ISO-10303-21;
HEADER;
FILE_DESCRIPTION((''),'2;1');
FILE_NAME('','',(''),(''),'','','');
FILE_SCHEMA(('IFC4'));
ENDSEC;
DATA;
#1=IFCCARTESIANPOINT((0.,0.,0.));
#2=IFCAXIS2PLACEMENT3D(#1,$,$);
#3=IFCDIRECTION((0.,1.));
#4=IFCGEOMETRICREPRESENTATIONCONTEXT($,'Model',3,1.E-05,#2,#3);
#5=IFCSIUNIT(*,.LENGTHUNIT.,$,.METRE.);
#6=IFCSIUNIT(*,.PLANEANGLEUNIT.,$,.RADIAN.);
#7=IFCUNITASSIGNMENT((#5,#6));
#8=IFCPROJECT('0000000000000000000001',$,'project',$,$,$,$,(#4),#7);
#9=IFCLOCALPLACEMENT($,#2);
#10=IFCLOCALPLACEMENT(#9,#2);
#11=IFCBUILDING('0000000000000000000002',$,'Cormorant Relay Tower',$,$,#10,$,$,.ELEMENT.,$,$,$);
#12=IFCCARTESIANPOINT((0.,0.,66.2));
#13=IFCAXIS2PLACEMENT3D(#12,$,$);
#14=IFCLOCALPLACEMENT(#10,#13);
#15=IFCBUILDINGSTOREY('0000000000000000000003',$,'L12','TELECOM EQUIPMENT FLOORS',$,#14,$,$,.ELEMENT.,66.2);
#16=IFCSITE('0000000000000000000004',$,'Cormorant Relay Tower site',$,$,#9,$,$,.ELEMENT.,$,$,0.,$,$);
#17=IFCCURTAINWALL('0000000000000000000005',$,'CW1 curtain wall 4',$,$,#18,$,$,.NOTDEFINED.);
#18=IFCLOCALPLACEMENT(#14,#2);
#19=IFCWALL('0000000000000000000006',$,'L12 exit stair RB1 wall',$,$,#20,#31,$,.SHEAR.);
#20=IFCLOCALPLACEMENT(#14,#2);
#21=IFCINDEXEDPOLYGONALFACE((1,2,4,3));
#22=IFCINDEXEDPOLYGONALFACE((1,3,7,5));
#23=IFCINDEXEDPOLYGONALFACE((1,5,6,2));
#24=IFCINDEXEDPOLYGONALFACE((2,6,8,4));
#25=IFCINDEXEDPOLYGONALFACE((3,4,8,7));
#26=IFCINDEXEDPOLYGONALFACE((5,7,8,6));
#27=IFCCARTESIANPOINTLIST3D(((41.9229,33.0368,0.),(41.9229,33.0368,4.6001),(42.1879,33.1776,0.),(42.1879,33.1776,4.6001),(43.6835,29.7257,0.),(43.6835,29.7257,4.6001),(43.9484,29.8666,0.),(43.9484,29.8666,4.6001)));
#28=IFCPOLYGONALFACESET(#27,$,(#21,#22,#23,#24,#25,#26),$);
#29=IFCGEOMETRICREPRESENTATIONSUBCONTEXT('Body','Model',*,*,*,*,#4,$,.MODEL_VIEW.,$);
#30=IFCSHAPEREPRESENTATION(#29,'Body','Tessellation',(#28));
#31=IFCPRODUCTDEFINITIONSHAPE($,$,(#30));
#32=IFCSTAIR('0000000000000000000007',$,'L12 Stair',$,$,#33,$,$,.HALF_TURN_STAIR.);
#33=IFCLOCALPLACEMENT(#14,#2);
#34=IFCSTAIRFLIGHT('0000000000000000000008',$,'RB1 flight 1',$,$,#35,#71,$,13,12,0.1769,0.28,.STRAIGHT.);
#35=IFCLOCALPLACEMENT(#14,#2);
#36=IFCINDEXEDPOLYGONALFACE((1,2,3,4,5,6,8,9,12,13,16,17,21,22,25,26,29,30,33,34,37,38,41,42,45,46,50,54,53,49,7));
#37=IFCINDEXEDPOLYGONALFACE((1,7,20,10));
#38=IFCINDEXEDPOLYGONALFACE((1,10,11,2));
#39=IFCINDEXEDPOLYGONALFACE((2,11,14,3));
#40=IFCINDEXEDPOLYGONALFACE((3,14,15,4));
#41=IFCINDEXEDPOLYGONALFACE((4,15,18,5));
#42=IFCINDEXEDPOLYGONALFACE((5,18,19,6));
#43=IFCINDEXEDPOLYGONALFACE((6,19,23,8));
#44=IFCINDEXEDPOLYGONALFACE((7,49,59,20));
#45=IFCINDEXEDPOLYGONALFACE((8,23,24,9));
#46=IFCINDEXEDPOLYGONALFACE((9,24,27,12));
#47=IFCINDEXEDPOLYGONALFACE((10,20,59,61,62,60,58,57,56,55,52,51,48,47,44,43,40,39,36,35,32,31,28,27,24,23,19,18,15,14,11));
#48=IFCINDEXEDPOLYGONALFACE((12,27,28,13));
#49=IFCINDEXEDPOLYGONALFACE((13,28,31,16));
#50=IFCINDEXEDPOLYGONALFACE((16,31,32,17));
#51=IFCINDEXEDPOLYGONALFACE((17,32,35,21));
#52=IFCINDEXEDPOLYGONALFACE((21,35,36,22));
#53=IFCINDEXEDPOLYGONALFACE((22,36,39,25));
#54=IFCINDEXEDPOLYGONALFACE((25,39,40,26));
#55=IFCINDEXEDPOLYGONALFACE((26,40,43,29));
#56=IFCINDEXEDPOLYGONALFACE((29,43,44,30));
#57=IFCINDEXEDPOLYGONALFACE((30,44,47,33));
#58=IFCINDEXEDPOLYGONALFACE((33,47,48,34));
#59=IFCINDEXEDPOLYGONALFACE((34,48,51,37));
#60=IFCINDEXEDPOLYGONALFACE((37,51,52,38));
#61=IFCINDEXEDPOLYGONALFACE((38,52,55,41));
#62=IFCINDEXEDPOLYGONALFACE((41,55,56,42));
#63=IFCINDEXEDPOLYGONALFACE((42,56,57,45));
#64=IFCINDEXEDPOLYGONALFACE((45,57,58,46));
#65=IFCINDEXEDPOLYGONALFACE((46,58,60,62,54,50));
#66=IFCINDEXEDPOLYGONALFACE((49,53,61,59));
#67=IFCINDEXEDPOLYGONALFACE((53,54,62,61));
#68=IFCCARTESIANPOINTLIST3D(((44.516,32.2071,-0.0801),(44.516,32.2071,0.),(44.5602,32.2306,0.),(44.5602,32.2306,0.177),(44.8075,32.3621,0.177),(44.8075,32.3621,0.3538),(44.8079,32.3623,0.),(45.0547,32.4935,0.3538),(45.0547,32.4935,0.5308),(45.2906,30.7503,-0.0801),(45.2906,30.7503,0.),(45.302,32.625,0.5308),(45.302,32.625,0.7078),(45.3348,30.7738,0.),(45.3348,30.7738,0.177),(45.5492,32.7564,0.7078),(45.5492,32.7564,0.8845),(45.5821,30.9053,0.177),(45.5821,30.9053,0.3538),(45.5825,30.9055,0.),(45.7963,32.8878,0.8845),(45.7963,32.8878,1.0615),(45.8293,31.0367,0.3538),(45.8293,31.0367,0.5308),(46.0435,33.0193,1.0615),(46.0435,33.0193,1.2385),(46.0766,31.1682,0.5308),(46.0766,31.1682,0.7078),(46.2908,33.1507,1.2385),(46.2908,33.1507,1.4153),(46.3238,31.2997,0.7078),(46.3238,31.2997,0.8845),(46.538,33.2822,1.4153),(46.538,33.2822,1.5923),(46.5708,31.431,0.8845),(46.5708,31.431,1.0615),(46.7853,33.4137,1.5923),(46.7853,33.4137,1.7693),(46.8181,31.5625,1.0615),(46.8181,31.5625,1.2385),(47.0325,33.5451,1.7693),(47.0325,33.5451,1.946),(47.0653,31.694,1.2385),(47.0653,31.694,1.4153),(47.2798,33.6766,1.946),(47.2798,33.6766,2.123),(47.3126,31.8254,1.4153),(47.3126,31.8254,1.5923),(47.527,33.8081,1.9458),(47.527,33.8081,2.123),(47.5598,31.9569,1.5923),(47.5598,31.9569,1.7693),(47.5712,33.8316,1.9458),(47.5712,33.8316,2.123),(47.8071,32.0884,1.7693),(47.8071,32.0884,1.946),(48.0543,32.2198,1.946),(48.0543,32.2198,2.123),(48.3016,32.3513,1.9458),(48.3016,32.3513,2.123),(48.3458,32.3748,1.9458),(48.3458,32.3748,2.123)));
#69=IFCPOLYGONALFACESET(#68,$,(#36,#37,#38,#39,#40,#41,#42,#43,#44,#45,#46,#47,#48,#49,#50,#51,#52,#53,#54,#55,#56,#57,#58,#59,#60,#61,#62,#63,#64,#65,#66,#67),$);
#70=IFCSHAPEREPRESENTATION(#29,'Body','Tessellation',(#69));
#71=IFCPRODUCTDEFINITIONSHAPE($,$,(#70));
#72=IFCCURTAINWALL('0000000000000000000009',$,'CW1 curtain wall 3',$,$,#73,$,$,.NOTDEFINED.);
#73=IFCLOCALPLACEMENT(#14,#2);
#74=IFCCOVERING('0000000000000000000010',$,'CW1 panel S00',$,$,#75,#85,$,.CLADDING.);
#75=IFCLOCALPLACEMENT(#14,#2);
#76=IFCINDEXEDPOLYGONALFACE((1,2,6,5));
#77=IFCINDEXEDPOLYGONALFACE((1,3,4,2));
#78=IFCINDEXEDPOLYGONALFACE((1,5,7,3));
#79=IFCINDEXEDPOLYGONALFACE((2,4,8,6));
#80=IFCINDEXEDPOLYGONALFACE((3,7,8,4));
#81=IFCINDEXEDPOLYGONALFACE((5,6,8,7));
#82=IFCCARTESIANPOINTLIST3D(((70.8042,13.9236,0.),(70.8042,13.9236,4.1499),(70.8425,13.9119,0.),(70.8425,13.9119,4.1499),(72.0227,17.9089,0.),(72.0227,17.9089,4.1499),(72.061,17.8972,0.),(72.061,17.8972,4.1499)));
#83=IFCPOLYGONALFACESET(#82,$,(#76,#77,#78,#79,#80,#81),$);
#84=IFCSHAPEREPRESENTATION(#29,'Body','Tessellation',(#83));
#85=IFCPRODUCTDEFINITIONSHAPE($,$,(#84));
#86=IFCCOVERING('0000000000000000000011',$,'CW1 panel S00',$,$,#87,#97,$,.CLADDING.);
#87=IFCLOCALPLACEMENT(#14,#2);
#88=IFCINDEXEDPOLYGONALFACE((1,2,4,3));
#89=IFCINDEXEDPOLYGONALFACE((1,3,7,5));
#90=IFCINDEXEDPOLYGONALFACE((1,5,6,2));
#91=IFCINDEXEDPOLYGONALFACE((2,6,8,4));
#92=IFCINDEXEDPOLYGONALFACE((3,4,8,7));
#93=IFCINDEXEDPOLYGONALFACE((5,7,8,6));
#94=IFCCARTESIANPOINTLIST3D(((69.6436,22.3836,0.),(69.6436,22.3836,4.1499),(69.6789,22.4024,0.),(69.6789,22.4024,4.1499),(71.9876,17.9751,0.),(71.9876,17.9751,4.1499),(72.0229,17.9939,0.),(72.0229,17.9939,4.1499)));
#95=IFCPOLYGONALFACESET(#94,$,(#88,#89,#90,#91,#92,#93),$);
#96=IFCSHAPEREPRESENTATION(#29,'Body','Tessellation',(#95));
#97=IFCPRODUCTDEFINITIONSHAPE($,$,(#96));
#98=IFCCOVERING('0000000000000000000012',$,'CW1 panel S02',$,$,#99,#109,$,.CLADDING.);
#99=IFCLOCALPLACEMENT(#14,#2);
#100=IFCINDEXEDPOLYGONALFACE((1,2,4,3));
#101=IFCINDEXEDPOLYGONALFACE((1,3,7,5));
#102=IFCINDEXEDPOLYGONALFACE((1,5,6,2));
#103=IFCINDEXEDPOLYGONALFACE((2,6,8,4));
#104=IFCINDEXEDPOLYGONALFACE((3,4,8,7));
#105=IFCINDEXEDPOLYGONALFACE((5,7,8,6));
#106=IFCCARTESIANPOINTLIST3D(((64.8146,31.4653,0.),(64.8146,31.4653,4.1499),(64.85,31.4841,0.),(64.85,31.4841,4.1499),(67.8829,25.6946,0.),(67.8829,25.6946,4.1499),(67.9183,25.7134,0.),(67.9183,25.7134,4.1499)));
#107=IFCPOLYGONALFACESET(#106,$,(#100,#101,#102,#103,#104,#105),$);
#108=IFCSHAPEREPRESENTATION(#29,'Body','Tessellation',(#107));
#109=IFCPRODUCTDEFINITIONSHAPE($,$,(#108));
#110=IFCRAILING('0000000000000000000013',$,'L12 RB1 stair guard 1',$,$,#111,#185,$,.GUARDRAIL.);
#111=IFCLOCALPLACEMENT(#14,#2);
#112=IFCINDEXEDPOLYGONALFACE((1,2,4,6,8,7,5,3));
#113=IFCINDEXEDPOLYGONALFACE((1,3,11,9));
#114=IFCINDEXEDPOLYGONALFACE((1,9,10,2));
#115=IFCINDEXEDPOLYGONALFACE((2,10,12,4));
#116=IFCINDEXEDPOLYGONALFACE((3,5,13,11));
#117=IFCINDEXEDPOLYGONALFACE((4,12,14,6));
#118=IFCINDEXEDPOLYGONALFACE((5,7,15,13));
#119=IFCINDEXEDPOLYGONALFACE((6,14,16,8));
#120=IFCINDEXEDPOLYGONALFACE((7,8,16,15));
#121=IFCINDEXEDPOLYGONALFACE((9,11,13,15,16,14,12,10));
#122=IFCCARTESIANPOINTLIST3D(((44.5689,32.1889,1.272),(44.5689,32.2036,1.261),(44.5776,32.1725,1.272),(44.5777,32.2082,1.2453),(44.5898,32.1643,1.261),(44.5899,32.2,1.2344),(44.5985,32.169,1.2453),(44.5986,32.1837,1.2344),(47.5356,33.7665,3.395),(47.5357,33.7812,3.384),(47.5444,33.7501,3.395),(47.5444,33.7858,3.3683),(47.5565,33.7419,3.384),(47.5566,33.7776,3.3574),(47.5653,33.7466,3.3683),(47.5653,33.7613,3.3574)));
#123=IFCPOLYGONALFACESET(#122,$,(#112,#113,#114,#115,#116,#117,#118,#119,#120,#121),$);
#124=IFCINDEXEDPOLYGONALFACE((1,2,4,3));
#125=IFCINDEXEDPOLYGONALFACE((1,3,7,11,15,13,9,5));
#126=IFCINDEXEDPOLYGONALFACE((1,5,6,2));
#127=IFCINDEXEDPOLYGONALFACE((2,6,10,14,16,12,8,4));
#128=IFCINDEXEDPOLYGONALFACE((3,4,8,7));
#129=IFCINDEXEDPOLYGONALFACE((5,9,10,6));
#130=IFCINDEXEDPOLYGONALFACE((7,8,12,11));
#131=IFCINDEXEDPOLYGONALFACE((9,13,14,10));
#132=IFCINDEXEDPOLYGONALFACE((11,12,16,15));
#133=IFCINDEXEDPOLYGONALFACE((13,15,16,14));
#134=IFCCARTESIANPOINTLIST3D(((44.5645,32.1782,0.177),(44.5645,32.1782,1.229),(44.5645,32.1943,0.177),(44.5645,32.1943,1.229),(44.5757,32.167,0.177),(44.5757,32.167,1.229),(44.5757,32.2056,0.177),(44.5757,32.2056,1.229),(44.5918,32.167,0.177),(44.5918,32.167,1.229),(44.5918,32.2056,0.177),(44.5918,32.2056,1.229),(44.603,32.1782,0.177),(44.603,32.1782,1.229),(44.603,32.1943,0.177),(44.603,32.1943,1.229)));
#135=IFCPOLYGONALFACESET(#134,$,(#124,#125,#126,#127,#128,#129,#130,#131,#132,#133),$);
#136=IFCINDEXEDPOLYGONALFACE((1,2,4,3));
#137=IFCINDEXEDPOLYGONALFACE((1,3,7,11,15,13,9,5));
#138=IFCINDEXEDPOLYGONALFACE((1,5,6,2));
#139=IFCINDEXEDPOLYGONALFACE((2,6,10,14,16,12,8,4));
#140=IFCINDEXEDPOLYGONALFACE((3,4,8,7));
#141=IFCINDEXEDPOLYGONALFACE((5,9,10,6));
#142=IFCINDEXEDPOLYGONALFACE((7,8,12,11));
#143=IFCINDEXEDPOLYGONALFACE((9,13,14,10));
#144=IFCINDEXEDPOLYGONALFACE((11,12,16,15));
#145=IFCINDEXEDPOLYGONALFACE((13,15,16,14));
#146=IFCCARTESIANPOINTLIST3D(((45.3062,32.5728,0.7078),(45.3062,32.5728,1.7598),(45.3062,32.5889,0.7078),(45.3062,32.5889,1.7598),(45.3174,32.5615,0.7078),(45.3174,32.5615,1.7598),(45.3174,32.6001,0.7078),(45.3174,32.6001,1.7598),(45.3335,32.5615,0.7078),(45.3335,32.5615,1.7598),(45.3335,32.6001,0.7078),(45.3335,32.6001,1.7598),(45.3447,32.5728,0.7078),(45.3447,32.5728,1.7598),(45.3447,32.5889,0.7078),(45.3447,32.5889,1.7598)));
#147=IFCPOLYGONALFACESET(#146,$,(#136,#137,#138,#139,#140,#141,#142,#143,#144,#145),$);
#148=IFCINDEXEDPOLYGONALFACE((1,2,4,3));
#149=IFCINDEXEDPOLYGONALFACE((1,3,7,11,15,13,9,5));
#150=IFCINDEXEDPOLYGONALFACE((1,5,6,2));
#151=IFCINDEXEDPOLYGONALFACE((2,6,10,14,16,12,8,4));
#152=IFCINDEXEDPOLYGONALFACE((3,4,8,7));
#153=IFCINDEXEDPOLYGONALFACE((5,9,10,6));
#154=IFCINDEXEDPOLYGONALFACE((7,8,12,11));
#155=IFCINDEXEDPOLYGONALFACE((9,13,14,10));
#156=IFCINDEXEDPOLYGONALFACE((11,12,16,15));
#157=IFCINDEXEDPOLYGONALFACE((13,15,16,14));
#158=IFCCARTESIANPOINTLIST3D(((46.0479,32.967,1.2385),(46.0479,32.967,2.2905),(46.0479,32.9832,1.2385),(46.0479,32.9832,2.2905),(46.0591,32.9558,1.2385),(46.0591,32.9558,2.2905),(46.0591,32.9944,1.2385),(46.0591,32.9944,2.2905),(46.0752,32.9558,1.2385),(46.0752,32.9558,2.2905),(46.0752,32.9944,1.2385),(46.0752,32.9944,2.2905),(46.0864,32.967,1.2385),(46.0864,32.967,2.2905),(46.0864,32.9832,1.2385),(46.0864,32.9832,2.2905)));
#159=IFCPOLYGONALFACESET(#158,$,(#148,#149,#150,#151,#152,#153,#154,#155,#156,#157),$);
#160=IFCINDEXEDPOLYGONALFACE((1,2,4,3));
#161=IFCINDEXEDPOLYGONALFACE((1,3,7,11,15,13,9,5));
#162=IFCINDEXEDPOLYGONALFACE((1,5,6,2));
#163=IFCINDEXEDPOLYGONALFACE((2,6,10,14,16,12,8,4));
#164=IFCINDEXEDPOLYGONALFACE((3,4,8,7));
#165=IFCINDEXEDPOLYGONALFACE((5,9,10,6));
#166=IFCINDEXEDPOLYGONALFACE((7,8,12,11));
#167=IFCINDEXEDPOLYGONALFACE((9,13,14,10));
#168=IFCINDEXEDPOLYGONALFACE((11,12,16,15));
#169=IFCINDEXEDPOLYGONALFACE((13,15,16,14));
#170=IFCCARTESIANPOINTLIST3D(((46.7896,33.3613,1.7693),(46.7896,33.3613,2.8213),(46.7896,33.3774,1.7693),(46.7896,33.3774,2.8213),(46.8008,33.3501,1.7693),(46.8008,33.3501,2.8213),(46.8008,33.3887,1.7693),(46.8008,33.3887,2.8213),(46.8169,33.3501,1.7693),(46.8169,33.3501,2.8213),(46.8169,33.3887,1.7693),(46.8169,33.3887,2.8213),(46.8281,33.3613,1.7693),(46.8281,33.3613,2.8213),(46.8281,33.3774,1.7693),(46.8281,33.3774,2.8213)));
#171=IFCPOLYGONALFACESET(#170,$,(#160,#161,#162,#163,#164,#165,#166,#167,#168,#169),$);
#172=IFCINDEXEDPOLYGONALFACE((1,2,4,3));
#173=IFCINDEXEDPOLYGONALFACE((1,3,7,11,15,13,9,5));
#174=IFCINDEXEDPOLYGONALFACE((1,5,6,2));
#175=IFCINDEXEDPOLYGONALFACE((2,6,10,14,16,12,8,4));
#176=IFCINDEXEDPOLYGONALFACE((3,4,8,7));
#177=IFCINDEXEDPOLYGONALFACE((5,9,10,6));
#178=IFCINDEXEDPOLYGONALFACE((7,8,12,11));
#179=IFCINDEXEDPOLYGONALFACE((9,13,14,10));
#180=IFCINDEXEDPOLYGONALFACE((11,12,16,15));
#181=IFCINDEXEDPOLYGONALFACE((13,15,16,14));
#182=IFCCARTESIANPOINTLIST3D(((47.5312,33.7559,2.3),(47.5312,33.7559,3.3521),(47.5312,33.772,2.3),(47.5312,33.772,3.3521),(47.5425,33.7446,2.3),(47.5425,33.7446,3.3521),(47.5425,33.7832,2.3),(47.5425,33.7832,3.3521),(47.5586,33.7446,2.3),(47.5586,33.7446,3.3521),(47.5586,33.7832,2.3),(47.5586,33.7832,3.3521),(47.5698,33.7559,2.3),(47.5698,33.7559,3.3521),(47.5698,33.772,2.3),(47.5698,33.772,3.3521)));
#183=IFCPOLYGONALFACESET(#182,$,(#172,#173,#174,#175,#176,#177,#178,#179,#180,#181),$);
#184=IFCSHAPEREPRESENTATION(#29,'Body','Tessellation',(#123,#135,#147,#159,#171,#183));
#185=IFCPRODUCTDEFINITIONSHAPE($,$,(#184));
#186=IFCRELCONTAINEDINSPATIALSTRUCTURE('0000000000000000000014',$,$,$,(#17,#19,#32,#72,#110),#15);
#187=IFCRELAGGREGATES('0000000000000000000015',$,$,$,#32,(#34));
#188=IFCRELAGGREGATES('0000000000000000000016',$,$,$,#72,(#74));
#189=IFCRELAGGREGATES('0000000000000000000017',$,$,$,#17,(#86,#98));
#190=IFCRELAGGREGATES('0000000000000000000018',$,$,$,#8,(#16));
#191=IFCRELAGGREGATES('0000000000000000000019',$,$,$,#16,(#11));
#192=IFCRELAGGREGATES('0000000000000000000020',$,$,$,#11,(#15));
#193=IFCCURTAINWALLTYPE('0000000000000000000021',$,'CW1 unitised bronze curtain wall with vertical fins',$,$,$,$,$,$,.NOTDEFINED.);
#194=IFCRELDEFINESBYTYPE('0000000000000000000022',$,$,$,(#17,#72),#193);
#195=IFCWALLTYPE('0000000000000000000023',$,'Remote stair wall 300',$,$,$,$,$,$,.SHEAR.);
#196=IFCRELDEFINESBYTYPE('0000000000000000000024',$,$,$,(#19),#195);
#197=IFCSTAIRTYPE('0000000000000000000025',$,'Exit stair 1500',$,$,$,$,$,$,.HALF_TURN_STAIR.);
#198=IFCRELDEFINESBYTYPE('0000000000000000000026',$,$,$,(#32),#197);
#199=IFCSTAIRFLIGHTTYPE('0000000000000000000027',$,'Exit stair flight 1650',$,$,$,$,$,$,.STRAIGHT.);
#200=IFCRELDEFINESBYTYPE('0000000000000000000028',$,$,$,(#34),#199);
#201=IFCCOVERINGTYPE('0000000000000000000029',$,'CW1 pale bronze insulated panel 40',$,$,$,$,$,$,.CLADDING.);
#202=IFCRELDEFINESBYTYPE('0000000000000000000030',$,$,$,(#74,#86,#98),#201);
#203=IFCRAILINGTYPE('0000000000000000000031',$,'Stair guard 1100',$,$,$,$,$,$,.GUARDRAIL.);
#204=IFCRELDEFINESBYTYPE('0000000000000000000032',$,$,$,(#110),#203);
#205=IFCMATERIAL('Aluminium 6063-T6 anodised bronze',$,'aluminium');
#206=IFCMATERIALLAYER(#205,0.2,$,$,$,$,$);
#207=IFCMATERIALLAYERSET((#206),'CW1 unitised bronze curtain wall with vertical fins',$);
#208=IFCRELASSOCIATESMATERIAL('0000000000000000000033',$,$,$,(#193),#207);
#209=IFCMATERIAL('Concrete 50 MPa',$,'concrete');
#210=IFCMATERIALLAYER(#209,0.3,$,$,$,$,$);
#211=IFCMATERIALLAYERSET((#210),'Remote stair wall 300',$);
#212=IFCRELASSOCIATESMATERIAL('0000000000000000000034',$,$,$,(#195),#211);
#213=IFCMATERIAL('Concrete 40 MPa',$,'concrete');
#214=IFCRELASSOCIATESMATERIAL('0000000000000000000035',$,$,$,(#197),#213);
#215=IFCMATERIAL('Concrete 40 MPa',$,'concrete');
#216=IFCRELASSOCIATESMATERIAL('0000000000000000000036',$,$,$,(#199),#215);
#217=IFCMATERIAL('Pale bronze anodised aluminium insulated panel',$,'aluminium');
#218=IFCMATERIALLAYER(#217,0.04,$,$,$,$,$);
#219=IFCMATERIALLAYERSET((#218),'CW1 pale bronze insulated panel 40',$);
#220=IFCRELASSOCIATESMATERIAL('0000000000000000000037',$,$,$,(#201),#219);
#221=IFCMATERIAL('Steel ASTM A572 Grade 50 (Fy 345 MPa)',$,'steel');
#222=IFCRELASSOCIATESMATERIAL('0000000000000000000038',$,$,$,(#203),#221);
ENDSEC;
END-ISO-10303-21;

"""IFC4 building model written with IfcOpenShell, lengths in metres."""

from ifc_helpers import new_model, si_unit, direction, frame, frame_2d, origin, origin_2d, place, context, subcontext, project, spatial, polyline, rectangle, outline, extrude, material, layer, layer_set, type_object, element, aggregate, save


model = new_model("IFC4")

# Units and contexts
model_context = context("Model", 3, precision=1e-05, world=origin(), true_north=direction((0.0, 1.0)))
body_context = subcontext(model_context, "Body", "Model", "MODEL_VIEW")
ifc_project = project(units=[si_unit("LENGTHUNIT", "METRE"), si_unit("PLANEANGLEUNIT", "RADIAN")], contexts=[model_context])

# Site, building, storey
site_placement = place(None, origin())
site = spatial("IfcSite", under=ifc_project, at=site_placement, Name="Cormorant Relay Tower site", CompositionType="ELEMENT", RefElevation=0.0)
building_placement = place(site_placement, origin())
building = spatial("IfcBuilding", under=site, at=building_placement, Name="Cormorant Relay Tower", CompositionType="ELEMENT")
storey_placement = place(building_placement, frame((0.0, 0.0, 66.2)))
storey = spatial("IfcBuildingStorey", under=building, at=storey_placement, Name="L12", Description="TELECOM EQUIPMENT FLOORS", CompositionType="ELEMENT", Elevation=66.2)

# Curtain wall
ifc_material_1 = material(Name="Aluminium 6063-T6 anodised bronze", Category="aluminium")
ifc_layer_1 = layer(ifc_material_1, 0.2)
ifc_layer_set_1 = layer_set([ifc_layer_1], Name="CW1 unitised bronze curtain wall with vertical fins")
curtain_wall_type = type_object("IfcCurtainWallType", Name="CW1 unitised bronze curtain wall with vertical fins", PredefinedType="NOTDEFINED", material=ifc_layer_set_1)
curtain_wall_1_placement = place(storey_placement, origin())
curtain_wall_1 = element("IfcCurtainWall", 1, at=curtain_wall_1_placement, inside=storey, type_object=curtain_wall_type, Name="CW1 curtain wall 4", PredefinedType="NOTDEFINED")

# Shared definitions
ifc_material_2 = material(Name="Concrete 50 MPa", Category="concrete")
ifc_layer_2 = layer(ifc_material_2, 0.3)
ifc_layer_set_2 = layer_set([ifc_layer_2], Name="Remote stair wall 300")
wall_type_1 = type_object("IfcWallType", Name="Remote stair wall 300", PredefinedType="SHEAR", material=ifc_layer_set_2)

# Wall
wall_1_placement = place(storey_placement, frame((43.8159, 29.7961, 0.0), z_axis=(0.0, 0.0, 1.0), x_axis=(-0.469469, 0.882949, 0.0)))
element("IfcWall", 2, at=wall_1_placement, inside=storey, type_object=wall_type_1, Name="L12 exit stair RB1 wall", PredefinedType="SHEAR", context=body_context, shape_type="SweptSolid", body=[
    extrude(rectangle(XDim=3.75, YDim=0.3, at=frame_2d((1.875, 0.0))), origin(), (0.0, 0.0, 1.0), 4.6001),
])

# Stair, stair flight
ifc_material_3 = material(Name="Concrete 40 MPa", Category="concrete")
stair_type = type_object("IfcStairType", Name="Exit stair 1500", PredefinedType="HALF_TURN_STAIR", material=ifc_material_3)
stair_placement = place(storey_placement, origin())
stair = element("IfcStair", 3, at=stair_placement, inside=storey, type_object=stair_type, Name="L12 Stair", PredefinedType="HALF_TURN_STAIR")
ifc_material_4 = material(Name="Concrete 40 MPa", Category="concrete")
stair_flight_type = type_object("IfcStairFlightType", Name="Exit stair flight 1650", PredefinedType="STRAIGHT", material=ifc_material_4)
stair_flight_placement = place(storey_placement, frame((44.9475, 31.5022, 0.0), z_axis=(0.0, 0.0, 1.0), x_axis=(0.882948, 0.469472, 0.0)))
stair_flight = element("IfcStairFlight", 4, at=stair_flight_placement, type_object=stair_flight_type, Name="RB1 flight 1", NumberOfRisers=13, NumberOfTreads=12, PredefinedType="STRAIGHT", RiserHeight=0.1769, TreadLength=0.28, context=body_context, shape_type="SweptSolid", body=[
    extrude(outline(polyline([(-0.05, -0.0801), (-0.05, 0.0), (0.0, 0.0), (0.0, 0.177), (0.28, 0.177), (0.28, 0.3538), (0.5601, 0.3538), (0.5601, 0.5308), (0.8401, 0.5308), (0.8401, 0.7078), (1.1201, 0.7078), (1.1201, 0.8845), (1.3999, 0.8845), (1.3999, 1.0615), (1.6799, 1.0615), (1.6799, 1.2385), (1.96, 1.2385), (1.96, 1.4153), (2.24, 1.4153), (2.24, 1.5923), (2.52, 1.5923), (2.52, 1.7693), (2.8, 1.7693), (2.8, 1.946), (3.0801, 1.946), (3.0801, 2.123), (3.3601, 2.123), (3.4102, 2.123), (3.4102, 1.9458), (3.3601, 1.9458), (0.2805, 0.0), (-0.05, -0.0801)])), frame((0.0, 0.825, 0.0), z_axis=(0.0, -1.0, 0.0), x_axis=(1.0, 0.0, 0.0)), (0.0, 0.0, 1.0), 1.6499),
])
aggregate(stair, [stair_flight])

# Curtain wall, covering
curtain_wall_2_placement = place(storey_placement, origin())
curtain_wall_2 = element("IfcCurtainWall", 5, at=curtain_wall_2_placement, inside=storey, type_object=curtain_wall_type, Name="CW1 curtain wall 3", PredefinedType="NOTDEFINED")
ifc_material_5 = material(Name="Pale bronze anodised aluminium insulated panel", Category="aluminium")
ifc_layer_3 = layer(ifc_material_5, 0.04)
ifc_layer_set_3 = layer_set([ifc_layer_3], Name="CW1 pale bronze insulated panel 40")
covering_type = type_object("IfcCoveringType", Name="CW1 pale bronze insulated panel 40", PredefinedType="CLADDING", material=ifc_layer_set_3)
covering_1_placement = place(storey_placement, frame((71.4326, 15.9104, 0.0), z_axis=(0.0, 0.0, 1.0), x_axis=(0.292372, 0.956305, 0.0)))
covering_1 = element("IfcCovering", 6, at=covering_1_placement, type_object=covering_type, Name="CW1 panel S00", PredefinedType="CLADDING", context=body_context, shape_type="SweptSolid", body=[
    extrude(rectangle(XDim=4.1675, YDim=0.04, at=origin_2d()), origin(), (0.0, 0.0, 1.0), 4.1499),
])
aggregate(curtain_wall_2, [covering_1])

# Coverings
covering_2_placement = place(storey_placement, frame((70.8333, 20.1887, 0.0), z_axis=(0.0, 0.0, 1.0), x_axis=(-0.469472, 0.882948, 0.0)))
covering_2 = element("IfcCovering", 7, at=covering_2_placement, type_object=covering_type, Name="CW1 panel S00", PredefinedType="CLADDING", context=body_context, shape_type="SweptSolid", body=[
    extrude(rectangle(XDim=4.9929, YDim=0.04, at=origin_2d()), origin(), (0.0, 0.0, 1.0), 4.1499),
])
covering_3_placement = place(storey_placement, frame((66.3665, 28.5894, 0.0), z_axis=(0.0, 0.0, 1.0), x_axis=(-0.469472, 0.882948, 0.0)))
covering_3 = element("IfcCovering", 8, at=covering_3_placement, type_object=covering_type, Name="CW1 panel S02", PredefinedType="CLADDING", context=body_context, shape_type="SweptSolid", body=[
    extrude(rectangle(XDim=6.5356, YDim=0.04, at=origin_2d()), origin(), (0.0, 0.0, 1.0), 4.1499),
])
aggregate(curtain_wall_1, [covering_2, covering_3])

# Railing
ifc_material_6 = material(Name="Steel ASTM A572 Grade 50 (Fy 345 MPa)", Category="steel")
railing_type_1 = type_object("IfcRailingType", Name="Stair guard 1100", PredefinedType="GUARDRAIL", material=ifc_material_6)
railing_1_placement = place(storey_placement, frame((44.5837, 32.1863, 0.177)))
element("IfcRailing", 9, at=railing_1_placement, inside=storey, type_object=railing_type_1, Name="L12 RB1 stair guard 1", PredefinedType="GUARDRAIL", context=body_context, shape_type="SweptSolid", body=[
    extrude(outline(polyline([(0.0222, 0.0093), (0.0093, 0.0222), (-0.0093, 0.0222), (-0.0222, 0.0093), (-0.0222, -0.0093), (-0.0093, -0.0222), (0.0093, -0.0222), (0.0222, -0.0093), (0.0222, 0.0093)])), frame((0.0, 0.0, 1.0762), z_axis=(0.746422, 0.396921, 0.534142), x_axis=(-0.469509, 0.882928, 0.0)), (0.0, 0.0, 1.0), 3.9746),
    extrude(outline(polyline([(0.0193, 0.0081), (0.0081, 0.0193), (-0.0081, 0.0193), (-0.0193, 0.0081), (-0.0193, -0.0081), (-0.0081, -0.0193), (0.0081, -0.0193), (0.0193, -0.0081), (0.0193, 0.0081)])), origin(), (0.0, 0.0, 1.0), 1.052),
    extrude(outline(polyline([(0.0193, 0.0081), (0.0081, 0.0193), (-0.0081, 0.0193), (-0.0193, 0.0081), (-0.0193, -0.0081), (-0.0081, -0.0193), (0.0081, -0.0193), (0.0193, -0.0081), (0.0193, 0.0081)])), frame((0.7417, 0.3945, 0.5308)), (0.0, 0.0, 1.0), 1.052),
    extrude(outline(polyline([(0.0193, 0.0081), (0.0081, 0.0193), (-0.0081, 0.0193), (-0.0193, 0.0081), (-0.0193, -0.0081), (-0.0081, -0.0193), (0.0081, -0.0193), (0.0193, -0.0081), (0.0193, 0.0081)])), frame((1.4834, 0.7888, 1.0615)), (0.0, 0.0, 1.0), 1.052),
    extrude(outline(polyline([(0.0193, 0.0081), (0.0081, 0.0193), (-0.0081, 0.0193), (-0.0193, 0.0081), (-0.0193, -0.0081), (-0.0081, -0.0193), (0.0081, -0.0193), (0.0193, -0.0081), (0.0193, 0.0081)])), frame((2.2251, 1.1831, 1.5923)), (0.0, 0.0, 1.0), 1.052),
    extrude(outline(polyline([(0.0193, 0.0081), (0.0081, 0.0193), (-0.0081, 0.0193), (-0.0193, 0.0081), (-0.0193, -0.0081), (-0.0081, -0.0193), (0.0081, -0.0193), (0.0193, -0.0081), (0.0193, 0.0081)])), frame((2.9668, 1.5776, 2.123)), (0.0, 0.0, 1.0), 1.052),
])

save(model, "model.ifc")
